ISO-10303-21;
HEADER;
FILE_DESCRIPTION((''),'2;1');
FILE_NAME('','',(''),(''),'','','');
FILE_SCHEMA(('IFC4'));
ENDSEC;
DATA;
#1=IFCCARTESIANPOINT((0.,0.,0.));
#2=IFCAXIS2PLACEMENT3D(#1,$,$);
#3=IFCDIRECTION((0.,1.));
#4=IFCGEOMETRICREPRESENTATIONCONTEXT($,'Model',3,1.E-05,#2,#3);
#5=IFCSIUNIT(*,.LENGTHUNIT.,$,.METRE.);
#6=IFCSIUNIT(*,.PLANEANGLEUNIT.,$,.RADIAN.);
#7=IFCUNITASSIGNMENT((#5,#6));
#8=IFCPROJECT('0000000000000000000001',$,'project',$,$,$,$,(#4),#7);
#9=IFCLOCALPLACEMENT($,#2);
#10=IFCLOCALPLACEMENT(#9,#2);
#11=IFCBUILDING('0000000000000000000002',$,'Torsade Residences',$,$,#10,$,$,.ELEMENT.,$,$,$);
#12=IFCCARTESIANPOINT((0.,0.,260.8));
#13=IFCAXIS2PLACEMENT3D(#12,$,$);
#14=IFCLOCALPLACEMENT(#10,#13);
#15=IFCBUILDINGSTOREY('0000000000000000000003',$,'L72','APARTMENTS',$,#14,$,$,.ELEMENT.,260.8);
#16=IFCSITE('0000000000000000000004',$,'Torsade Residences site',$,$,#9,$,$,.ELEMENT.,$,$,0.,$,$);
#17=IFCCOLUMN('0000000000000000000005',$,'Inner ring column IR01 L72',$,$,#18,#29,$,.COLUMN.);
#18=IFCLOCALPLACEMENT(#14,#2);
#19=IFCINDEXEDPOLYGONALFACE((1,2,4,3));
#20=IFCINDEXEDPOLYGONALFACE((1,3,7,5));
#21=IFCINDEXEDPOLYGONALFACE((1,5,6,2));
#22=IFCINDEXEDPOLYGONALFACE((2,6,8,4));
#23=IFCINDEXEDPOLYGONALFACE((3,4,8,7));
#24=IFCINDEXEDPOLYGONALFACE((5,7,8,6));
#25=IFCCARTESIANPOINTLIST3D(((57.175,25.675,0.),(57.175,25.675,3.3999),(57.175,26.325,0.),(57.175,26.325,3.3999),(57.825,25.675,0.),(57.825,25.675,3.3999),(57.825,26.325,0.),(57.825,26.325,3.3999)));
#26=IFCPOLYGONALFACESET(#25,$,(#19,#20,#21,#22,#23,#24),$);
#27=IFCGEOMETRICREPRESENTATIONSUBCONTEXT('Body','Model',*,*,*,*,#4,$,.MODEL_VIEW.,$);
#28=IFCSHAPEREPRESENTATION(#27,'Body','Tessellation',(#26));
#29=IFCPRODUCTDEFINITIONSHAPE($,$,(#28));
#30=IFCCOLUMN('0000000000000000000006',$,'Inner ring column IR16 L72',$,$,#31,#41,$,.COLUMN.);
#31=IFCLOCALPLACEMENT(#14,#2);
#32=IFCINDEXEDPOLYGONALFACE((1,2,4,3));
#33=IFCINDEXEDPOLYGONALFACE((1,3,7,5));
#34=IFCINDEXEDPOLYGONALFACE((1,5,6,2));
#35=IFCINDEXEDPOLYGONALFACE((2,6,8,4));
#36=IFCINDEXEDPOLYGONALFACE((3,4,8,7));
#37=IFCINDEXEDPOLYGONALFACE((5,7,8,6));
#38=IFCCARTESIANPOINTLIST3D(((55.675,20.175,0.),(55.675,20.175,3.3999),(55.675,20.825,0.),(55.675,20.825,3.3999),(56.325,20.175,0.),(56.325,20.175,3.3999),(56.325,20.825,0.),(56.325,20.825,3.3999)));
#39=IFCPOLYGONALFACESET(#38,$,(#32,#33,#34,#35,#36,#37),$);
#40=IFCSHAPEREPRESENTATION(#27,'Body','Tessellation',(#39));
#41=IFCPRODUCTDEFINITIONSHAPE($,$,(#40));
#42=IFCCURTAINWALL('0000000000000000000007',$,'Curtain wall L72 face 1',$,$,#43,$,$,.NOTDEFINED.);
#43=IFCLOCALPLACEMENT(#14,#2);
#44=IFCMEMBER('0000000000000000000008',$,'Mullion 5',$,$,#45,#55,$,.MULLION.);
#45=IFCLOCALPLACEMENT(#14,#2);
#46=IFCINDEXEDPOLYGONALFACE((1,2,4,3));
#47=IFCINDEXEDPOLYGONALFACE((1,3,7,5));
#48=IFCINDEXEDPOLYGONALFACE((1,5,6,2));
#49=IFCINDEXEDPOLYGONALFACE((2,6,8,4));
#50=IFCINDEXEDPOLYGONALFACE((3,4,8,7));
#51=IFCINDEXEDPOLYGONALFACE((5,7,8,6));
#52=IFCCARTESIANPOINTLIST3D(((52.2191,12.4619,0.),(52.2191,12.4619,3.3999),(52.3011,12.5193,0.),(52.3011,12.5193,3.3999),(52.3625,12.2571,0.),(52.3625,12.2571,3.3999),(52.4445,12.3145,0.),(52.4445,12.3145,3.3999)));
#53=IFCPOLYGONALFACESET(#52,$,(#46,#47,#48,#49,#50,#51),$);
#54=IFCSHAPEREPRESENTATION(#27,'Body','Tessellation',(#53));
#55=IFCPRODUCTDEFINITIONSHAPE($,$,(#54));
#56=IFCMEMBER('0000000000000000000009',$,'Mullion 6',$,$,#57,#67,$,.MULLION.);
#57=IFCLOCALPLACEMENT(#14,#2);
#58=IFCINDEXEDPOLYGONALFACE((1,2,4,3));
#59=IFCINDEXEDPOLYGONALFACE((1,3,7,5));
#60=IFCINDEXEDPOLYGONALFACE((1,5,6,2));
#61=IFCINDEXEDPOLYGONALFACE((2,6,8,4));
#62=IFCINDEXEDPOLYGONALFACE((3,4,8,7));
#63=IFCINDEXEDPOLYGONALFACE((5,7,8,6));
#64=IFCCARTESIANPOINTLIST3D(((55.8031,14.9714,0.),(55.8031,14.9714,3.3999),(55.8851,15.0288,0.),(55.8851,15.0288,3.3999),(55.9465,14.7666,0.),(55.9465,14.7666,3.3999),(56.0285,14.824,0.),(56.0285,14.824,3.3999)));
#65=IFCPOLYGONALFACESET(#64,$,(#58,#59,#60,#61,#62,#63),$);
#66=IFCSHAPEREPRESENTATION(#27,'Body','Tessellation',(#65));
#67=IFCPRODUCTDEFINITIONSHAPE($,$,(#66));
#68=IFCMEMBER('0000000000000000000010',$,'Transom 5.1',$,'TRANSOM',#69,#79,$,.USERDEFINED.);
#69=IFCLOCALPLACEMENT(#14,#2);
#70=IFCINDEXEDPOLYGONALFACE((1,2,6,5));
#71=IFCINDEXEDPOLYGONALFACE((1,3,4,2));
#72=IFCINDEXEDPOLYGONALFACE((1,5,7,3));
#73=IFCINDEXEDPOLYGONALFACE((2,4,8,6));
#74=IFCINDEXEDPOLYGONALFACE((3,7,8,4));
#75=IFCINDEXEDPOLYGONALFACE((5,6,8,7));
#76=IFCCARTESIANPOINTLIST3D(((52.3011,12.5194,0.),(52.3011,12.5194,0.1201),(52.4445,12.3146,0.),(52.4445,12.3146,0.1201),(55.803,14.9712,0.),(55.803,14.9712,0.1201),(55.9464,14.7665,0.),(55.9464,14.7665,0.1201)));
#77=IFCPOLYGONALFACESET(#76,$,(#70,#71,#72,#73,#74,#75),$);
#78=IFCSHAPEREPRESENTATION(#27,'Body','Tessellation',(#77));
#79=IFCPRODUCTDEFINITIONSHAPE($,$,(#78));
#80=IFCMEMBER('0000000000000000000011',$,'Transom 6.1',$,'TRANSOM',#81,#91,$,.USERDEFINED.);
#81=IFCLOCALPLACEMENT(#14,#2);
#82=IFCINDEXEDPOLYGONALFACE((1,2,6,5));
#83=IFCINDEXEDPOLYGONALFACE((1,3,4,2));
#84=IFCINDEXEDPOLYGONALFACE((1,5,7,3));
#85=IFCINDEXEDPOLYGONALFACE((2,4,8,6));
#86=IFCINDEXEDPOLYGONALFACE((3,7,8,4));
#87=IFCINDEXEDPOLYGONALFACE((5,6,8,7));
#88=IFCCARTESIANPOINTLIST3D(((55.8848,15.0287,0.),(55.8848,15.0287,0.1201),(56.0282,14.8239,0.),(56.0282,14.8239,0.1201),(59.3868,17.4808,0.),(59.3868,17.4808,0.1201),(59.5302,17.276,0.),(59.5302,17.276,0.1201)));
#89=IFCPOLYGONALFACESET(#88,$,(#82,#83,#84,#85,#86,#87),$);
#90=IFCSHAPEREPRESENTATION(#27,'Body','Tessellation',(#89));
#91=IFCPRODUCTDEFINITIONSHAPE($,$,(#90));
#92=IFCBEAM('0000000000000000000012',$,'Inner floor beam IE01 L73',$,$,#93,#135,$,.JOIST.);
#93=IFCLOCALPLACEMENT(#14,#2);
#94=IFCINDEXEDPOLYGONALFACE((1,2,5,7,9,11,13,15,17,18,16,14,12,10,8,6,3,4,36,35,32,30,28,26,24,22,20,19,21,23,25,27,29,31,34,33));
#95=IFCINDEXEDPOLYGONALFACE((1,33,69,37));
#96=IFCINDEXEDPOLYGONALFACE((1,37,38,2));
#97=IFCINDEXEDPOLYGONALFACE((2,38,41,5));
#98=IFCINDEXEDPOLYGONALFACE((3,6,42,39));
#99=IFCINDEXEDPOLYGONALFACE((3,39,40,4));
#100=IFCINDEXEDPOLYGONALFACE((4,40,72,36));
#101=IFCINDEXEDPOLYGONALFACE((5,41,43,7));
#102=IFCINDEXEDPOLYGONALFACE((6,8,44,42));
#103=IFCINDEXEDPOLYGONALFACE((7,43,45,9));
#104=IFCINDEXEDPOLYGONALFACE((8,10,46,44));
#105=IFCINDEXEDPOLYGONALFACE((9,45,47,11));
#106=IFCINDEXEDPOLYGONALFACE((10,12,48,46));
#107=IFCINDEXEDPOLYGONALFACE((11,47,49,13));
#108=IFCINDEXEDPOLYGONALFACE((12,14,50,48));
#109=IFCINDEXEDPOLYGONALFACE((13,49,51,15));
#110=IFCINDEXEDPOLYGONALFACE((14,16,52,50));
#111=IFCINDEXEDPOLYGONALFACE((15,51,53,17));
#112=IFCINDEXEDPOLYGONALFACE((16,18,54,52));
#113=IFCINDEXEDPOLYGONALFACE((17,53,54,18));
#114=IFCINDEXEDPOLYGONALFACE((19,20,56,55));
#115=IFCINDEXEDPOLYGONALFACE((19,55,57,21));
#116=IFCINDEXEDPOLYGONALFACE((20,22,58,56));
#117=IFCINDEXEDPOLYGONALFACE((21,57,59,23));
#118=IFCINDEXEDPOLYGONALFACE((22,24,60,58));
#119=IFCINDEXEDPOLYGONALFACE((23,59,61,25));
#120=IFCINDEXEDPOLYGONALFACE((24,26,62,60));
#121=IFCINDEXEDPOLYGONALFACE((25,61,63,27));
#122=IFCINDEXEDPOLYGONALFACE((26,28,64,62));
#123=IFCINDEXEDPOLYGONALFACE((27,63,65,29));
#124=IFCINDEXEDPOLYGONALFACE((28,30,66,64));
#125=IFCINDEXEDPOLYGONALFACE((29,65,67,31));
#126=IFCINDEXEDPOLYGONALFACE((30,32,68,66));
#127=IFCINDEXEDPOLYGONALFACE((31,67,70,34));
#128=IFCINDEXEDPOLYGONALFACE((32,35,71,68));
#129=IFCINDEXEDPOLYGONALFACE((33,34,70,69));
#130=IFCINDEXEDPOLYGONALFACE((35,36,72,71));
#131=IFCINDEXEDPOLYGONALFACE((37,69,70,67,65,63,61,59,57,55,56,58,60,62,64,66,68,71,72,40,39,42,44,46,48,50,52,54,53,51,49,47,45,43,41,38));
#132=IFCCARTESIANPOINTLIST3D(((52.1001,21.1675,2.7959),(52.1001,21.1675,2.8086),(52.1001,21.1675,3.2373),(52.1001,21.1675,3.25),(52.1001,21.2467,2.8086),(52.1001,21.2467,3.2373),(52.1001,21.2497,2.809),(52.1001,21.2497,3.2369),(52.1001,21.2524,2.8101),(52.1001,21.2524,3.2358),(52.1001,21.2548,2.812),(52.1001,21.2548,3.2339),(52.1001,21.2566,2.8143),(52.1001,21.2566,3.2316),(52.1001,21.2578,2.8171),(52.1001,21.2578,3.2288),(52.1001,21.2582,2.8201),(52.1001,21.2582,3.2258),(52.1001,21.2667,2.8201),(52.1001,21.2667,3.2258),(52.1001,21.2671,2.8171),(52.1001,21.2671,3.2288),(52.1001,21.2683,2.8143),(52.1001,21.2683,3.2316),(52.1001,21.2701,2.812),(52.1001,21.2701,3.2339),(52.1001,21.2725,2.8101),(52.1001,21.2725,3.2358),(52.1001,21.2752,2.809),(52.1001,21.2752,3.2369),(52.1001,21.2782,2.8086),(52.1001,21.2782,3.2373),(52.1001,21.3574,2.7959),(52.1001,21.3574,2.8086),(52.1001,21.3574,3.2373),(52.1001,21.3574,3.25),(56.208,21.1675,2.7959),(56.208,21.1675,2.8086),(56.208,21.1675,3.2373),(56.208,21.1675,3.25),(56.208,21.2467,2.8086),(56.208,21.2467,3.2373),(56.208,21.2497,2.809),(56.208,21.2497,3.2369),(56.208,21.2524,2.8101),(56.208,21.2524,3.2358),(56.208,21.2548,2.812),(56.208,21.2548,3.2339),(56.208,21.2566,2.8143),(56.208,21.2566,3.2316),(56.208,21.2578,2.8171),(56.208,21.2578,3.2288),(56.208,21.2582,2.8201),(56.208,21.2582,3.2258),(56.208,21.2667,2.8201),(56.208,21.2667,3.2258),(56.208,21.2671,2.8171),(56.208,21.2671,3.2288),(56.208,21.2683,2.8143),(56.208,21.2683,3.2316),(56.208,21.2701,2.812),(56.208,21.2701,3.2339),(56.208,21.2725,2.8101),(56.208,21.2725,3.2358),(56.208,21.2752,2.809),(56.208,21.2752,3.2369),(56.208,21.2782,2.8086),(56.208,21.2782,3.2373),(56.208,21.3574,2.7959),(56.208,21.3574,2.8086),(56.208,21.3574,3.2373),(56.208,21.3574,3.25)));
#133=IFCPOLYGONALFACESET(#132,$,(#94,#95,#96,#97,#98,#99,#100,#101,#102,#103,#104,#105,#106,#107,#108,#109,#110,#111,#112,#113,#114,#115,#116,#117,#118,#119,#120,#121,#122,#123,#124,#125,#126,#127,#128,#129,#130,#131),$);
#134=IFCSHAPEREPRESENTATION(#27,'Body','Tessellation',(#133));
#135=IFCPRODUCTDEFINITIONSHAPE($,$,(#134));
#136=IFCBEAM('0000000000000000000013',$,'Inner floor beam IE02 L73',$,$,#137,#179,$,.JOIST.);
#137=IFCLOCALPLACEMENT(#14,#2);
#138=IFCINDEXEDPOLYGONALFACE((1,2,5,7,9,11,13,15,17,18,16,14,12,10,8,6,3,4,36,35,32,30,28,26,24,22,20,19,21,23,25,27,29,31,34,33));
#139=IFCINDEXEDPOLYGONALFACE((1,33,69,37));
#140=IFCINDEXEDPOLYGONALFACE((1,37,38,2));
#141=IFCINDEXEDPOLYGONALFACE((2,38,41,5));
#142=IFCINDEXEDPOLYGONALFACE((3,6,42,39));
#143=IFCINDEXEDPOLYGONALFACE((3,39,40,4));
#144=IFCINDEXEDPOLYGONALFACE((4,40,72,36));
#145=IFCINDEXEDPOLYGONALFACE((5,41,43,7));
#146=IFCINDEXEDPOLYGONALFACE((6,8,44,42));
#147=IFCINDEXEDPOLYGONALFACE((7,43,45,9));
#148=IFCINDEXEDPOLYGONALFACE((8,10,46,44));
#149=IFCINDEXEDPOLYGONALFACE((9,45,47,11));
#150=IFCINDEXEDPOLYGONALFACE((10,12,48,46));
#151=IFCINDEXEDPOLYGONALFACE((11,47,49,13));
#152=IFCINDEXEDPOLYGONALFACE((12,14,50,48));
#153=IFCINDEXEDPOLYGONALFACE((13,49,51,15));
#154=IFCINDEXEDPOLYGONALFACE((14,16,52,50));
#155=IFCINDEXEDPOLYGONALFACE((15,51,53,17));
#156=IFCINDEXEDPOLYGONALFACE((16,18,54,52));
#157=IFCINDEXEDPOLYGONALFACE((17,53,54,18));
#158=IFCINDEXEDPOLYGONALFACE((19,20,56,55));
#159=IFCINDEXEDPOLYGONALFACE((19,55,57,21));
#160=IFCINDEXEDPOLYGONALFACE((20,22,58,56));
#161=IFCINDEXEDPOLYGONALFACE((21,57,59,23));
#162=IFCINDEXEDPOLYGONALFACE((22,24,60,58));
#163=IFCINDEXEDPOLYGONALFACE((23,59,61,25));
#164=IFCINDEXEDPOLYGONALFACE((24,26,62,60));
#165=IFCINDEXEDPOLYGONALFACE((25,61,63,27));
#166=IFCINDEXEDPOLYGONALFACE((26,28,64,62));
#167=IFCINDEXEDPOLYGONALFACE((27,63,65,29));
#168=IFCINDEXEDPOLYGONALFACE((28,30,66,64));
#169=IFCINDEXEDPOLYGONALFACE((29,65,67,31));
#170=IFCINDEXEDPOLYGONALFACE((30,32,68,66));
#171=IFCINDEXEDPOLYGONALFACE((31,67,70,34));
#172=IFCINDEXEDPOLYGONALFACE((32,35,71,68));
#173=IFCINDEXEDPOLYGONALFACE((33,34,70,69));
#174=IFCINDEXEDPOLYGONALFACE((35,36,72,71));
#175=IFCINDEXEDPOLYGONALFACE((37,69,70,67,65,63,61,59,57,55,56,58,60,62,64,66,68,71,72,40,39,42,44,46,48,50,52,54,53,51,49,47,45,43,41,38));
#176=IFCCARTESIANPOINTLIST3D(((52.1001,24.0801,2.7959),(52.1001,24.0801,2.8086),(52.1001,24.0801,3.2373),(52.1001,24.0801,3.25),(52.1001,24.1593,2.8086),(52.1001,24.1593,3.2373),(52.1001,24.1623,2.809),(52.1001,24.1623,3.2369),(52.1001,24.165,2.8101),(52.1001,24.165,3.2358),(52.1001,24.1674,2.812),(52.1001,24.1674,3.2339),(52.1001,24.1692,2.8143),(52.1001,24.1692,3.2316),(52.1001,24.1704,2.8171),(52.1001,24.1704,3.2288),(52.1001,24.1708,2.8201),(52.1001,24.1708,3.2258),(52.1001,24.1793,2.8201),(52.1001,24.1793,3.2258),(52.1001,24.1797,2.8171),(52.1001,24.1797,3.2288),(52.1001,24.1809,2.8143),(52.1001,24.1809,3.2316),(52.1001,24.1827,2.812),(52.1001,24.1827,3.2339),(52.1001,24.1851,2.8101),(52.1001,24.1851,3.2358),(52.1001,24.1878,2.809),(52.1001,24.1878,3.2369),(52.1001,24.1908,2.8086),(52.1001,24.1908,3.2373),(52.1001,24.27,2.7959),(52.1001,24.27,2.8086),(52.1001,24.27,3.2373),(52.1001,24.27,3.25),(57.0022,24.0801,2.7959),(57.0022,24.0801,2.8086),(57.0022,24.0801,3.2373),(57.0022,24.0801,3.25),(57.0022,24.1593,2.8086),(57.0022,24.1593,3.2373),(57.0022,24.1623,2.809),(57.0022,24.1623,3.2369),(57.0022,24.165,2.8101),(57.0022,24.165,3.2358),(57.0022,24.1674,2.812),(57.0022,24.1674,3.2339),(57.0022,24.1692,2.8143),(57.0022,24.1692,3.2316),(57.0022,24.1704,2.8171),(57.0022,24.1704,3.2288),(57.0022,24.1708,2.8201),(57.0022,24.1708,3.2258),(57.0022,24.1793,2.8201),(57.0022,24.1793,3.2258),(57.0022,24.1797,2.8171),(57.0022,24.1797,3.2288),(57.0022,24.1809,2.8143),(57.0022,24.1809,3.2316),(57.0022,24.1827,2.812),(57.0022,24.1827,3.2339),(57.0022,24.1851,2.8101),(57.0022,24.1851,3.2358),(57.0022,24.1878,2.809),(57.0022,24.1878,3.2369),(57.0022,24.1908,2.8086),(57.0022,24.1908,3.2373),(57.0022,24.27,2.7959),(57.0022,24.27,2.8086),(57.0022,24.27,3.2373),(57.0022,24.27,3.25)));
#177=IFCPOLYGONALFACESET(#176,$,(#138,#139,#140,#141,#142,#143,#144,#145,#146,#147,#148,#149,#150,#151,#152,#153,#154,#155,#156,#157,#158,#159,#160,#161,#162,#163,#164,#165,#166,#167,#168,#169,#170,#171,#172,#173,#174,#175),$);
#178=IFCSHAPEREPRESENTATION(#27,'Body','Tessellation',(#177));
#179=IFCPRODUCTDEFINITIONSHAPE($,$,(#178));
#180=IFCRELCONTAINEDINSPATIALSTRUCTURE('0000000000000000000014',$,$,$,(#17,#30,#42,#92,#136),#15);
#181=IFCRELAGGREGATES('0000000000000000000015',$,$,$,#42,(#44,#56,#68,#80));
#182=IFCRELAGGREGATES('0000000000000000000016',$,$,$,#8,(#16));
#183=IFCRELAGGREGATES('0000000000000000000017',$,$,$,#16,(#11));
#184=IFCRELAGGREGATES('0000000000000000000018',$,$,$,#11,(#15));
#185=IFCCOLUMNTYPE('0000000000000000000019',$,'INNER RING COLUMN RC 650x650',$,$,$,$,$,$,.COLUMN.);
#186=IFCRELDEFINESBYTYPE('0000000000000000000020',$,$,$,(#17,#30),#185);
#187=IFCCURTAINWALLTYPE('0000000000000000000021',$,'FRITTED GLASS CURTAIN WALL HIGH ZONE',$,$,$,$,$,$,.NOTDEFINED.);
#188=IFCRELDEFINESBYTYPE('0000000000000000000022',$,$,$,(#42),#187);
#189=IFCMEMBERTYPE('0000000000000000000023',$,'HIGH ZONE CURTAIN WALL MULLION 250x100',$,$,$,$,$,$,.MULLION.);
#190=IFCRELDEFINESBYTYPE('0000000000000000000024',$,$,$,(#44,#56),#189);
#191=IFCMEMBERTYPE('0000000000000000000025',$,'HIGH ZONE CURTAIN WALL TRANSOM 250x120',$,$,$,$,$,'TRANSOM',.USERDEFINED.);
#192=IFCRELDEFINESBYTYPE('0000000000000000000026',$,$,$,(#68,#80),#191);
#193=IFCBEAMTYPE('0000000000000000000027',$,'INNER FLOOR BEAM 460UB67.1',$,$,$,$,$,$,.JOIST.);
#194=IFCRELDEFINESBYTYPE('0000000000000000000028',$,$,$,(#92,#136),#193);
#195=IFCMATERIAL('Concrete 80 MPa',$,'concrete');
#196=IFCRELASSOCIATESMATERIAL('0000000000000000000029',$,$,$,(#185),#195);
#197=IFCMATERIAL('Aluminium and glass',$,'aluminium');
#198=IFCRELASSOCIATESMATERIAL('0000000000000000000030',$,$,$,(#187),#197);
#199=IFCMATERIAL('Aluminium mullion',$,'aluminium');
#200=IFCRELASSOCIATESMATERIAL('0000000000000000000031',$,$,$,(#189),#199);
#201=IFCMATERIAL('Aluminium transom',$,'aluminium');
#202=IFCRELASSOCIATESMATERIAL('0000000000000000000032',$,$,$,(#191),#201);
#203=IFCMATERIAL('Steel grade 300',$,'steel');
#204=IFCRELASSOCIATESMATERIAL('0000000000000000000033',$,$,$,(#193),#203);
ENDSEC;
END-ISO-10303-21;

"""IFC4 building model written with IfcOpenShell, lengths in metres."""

from ifc_helpers import new_model, si_unit, direction, frame, origin, origin_2d, place, context, subcontext, project, spatial, rectangle, i_section, extrude, material, material_profile, profile_set, type_object, element, aggregate, save


model = new_model("IFC4")

# Units and contexts
model_context = context("Model", 3, precision=1e-05, world=origin(), true_north=direction((0.0, 1.0)))
body_context = subcontext(model_context, "Body", "Model", "MODEL_VIEW")
ifc_project = project(units=[si_unit("LENGTHUNIT", "METRE"), si_unit("PLANEANGLEUNIT", "RADIAN")], contexts=[model_context])

# Site, building, storey
site_placement = place(None, origin())
site = spatial("IfcSite", under=ifc_project, at=site_placement, Name="Torsade Residences site", CompositionType="ELEMENT", RefElevation=0.0)
building_placement = place(site_placement, origin())
building = spatial("IfcBuilding", under=site, at=building_placement, Name="Torsade Residences", CompositionType="ELEMENT")
storey_placement = place(building_placement, frame((0.0, 0.0, 260.8)))
storey = spatial("IfcBuildingStorey", under=building, at=storey_placement, Name="L72", Description="APARTMENTS", CompositionType="ELEMENT", Elevation=260.8)

# Columns
ifc_material_1 = material(Name="Concrete 80 MPa", Category="concrete")
ifc_material_profile_1 = material_profile(ifc_material_1, rectangle(XDim=0.6499, YDim=0.6499, at=origin_2d()), Name="RC 650x650")
ifc_profile_set_1 = profile_set([ifc_material_profile_1], Name="Concrete 80 MPa")
column_type = type_object("IfcColumnType", Name="INNER RING COLUMN RC 650x650", PredefinedType="COLUMN", material=ifc_profile_set_1)
for number, where, z_axis, x_axis, name in (
    (1, (57.5, 26.0, 0.0), (0.0, 0.0, 1.0), (1.0, 0.0, 0.0), "Inner ring column IR01 L72"),
    (2, (56.0, 20.5, 0.0), (0.0, 0.0, 1.0), (1.0, 0.0, 0.0), "Inner ring column IR16 L72"),
):
    element("IfcColumn", number, at=place(storey_placement, frame(where, z_axis=z_axis, x_axis=x_axis)), inside=storey, type_object=column_type, Name=name, PredefinedType="COLUMN", context=body_context, shape_type="SweptSolid", body=[
        extrude(rectangle(XDim=0.6499, YDim=0.6499, at=origin_2d()), origin(), (0.0, 0.0, 1.0), 3.3999),
    ])

# Curtain wall, members
ifc_material_2 = material(Name="Aluminium and glass", Category="aluminium")
curtain_wall_type = type_object("IfcCurtainWallType", Name="FRITTED GLASS CURTAIN WALL HIGH ZONE", PredefinedType="NOTDEFINED", material=ifc_material_2)
curtain_wall_placement = place(storey_placement, origin())
curtain_wall = element("IfcCurtainWall", 3, at=curtain_wall_placement, inside=storey, type_object=curtain_wall_type, Name="Curtain wall L72 face 1", PredefinedType="NOTDEFINED")
ifc_material_3 = material(Name="Aluminium mullion", Category="aluminium")
ifc_material_profile_2 = material_profile(ifc_material_3, rectangle(XDim=0.25, YDim=0.1001, at=origin_2d()), Name="HIGH ZONE CURTAIN WALL MULLION 250x100")
ifc_profile_set_2 = profile_set([ifc_material_profile_2], Name="Aluminium mullion")
member_type_1 = type_object("IfcMemberType", Name="HIGH ZONE CURTAIN WALL MULLION 250x100", PredefinedType="MULLION", material=ifc_profile_set_2)
member_1_placement = place(storey_placement, frame((52.3318, 12.3882, 0.0), z_axis=(0.0, 0.0, 1.0), x_axis=(-0.573576, 0.819152, 0.0)))
member_1 = element("IfcMember", 4, at=member_1_placement, type_object=member_type_1, Name="Mullion 5", PredefinedType="MULLION", context=body_context, shape_type="SweptSolid", body=[
    extrude(rectangle(XDim=0.25, YDim=0.1001, at=origin_2d()), origin(), (0.0, 0.0, 1.0), 3.3999),
])
member_2_placement = place(storey_placement, frame((55.9158, 14.8977, 0.0), z_axis=(0.0, 0.0, 1.0), x_axis=(-0.573576, 0.819152, 0.0)))
member_2 = element("IfcMember", 5, at=member_2_placement, type_object=member_type_1, Name="Mullion 6", PredefinedType="MULLION", context=body_context, shape_type="SweptSolid", body=[
    extrude(rectangle(XDim=0.25, YDim=0.1001, at=origin_2d()), origin(), (0.0, 0.0, 1.0), 3.3999),
])
ifc_material_4 = material(Name="Aluminium transom", Category="aluminium")
ifc_material_profile_3 = material_profile(ifc_material_4, rectangle(XDim=0.25, YDim=0.1201, at=origin_2d()), Name="HIGH ZONE CURTAIN WALL TRANSOM 250x120")
ifc_profile_set_3 = profile_set([ifc_material_profile_3], Name="Aluminium transom")
member_type_2 = type_object("IfcMemberType", Name="HIGH ZONE CURTAIN WALL TRANSOM 250x120", ElementType="TRANSOM", PredefinedType="USERDEFINED", material=ifc_profile_set_3)
member_3_placement = place(storey_placement, frame((52.3728, 12.417, 0.0601), z_axis=(0.819173, 0.573547, 0.0), x_axis=(-0.573547, 0.819173, 0.0)))
member_3 = element("IfcMember", 6, at=member_3_placement, type_object=member_type_2, Name="Transom 5.1", ObjectType="TRANSOM", PredefinedType="USERDEFINED", context=body_context, shape_type="SweptSolid", body=[
    extrude(rectangle(XDim=0.25, YDim=0.1201, at=origin_2d()), origin(), (0.0, 0.0, 1.0), 4.2749),
])
member_4_placement = place(storey_placement, frame((55.9565, 14.9263, 0.0601), z_axis=(0.819146, 0.573585, 0.0), x_axis=(-0.573585, 0.819146, 0.0)))
member_4 = element("IfcMember", 7, at=member_4_placement, type_object=member_type_2, Name="Transom 6.1", ObjectType="TRANSOM", PredefinedType="USERDEFINED", context=body_context, shape_type="SweptSolid", body=[
    extrude(rectangle(XDim=0.25, YDim=0.1201, at=origin_2d()), origin(), (0.0, 0.0, 1.0), 4.2751),
])

# Beams
ifc_material_5 = material(Name="Steel grade 300", Category="steel")
ifc_material_profile_4 = material_profile(ifc_material_5, i_section(OverallWidth=0.1899, OverallDepth=0.4541, WebThickness=0.0085, FlangeThickness=0.0127, FilletRadius=0.0115, at=origin_2d()), Name="460UB67.1")
ifc_profile_set_4 = profile_set([ifc_material_profile_4], Name="Steel grade 300")
beam_type_1 = type_object("IfcBeamType", Name="INNER FLOOR BEAM 460UB67.1", PredefinedType="JOIST", material=ifc_profile_set_4)
beam_1_placement = place(storey_placement, frame((52.1001, 21.2625, 3.0229), z_axis=(1.0, 0.0, 0.0), x_axis=(0.0, 1.0, 0.0)))
element("IfcBeam", 8, at=beam_1_placement, inside=storey, type_object=beam_type_1, Name="Inner floor beam IE01 L73", PredefinedType="JOIST", context=body_context, shape_type="SweptSolid", body=[
    extrude(i_section(OverallWidth=0.1899, OverallDepth=0.4541, WebThickness=0.0085, FlangeThickness=0.0127, FilletRadius=0.0115, at=origin_2d()), origin(), (0.0, 0.0, 1.0), 4.1079),
])
beam_2_placement = place(storey_placement, frame((52.1001, 24.175, 3.0229), z_axis=(1.0, 0.0, 0.0), x_axis=(0.0, 1.0, 0.0)))
element("IfcBeam", 9, at=beam_2_placement, inside=storey, type_object=beam_type_1, Name="Inner floor beam IE02 L73", PredefinedType="JOIST", context=body_context, shape_type="SweptSolid", body=[
    extrude(i_section(OverallWidth=0.1899, OverallDepth=0.4541, WebThickness=0.0085, FlangeThickness=0.0127, FilletRadius=0.0115, at=origin_2d()), origin(), (0.0, 0.0, 1.0), 4.9021),
])

aggregate(curtain_wall, [member_1, member_2, member_3, member_4])

save(model, "model.ifc")
